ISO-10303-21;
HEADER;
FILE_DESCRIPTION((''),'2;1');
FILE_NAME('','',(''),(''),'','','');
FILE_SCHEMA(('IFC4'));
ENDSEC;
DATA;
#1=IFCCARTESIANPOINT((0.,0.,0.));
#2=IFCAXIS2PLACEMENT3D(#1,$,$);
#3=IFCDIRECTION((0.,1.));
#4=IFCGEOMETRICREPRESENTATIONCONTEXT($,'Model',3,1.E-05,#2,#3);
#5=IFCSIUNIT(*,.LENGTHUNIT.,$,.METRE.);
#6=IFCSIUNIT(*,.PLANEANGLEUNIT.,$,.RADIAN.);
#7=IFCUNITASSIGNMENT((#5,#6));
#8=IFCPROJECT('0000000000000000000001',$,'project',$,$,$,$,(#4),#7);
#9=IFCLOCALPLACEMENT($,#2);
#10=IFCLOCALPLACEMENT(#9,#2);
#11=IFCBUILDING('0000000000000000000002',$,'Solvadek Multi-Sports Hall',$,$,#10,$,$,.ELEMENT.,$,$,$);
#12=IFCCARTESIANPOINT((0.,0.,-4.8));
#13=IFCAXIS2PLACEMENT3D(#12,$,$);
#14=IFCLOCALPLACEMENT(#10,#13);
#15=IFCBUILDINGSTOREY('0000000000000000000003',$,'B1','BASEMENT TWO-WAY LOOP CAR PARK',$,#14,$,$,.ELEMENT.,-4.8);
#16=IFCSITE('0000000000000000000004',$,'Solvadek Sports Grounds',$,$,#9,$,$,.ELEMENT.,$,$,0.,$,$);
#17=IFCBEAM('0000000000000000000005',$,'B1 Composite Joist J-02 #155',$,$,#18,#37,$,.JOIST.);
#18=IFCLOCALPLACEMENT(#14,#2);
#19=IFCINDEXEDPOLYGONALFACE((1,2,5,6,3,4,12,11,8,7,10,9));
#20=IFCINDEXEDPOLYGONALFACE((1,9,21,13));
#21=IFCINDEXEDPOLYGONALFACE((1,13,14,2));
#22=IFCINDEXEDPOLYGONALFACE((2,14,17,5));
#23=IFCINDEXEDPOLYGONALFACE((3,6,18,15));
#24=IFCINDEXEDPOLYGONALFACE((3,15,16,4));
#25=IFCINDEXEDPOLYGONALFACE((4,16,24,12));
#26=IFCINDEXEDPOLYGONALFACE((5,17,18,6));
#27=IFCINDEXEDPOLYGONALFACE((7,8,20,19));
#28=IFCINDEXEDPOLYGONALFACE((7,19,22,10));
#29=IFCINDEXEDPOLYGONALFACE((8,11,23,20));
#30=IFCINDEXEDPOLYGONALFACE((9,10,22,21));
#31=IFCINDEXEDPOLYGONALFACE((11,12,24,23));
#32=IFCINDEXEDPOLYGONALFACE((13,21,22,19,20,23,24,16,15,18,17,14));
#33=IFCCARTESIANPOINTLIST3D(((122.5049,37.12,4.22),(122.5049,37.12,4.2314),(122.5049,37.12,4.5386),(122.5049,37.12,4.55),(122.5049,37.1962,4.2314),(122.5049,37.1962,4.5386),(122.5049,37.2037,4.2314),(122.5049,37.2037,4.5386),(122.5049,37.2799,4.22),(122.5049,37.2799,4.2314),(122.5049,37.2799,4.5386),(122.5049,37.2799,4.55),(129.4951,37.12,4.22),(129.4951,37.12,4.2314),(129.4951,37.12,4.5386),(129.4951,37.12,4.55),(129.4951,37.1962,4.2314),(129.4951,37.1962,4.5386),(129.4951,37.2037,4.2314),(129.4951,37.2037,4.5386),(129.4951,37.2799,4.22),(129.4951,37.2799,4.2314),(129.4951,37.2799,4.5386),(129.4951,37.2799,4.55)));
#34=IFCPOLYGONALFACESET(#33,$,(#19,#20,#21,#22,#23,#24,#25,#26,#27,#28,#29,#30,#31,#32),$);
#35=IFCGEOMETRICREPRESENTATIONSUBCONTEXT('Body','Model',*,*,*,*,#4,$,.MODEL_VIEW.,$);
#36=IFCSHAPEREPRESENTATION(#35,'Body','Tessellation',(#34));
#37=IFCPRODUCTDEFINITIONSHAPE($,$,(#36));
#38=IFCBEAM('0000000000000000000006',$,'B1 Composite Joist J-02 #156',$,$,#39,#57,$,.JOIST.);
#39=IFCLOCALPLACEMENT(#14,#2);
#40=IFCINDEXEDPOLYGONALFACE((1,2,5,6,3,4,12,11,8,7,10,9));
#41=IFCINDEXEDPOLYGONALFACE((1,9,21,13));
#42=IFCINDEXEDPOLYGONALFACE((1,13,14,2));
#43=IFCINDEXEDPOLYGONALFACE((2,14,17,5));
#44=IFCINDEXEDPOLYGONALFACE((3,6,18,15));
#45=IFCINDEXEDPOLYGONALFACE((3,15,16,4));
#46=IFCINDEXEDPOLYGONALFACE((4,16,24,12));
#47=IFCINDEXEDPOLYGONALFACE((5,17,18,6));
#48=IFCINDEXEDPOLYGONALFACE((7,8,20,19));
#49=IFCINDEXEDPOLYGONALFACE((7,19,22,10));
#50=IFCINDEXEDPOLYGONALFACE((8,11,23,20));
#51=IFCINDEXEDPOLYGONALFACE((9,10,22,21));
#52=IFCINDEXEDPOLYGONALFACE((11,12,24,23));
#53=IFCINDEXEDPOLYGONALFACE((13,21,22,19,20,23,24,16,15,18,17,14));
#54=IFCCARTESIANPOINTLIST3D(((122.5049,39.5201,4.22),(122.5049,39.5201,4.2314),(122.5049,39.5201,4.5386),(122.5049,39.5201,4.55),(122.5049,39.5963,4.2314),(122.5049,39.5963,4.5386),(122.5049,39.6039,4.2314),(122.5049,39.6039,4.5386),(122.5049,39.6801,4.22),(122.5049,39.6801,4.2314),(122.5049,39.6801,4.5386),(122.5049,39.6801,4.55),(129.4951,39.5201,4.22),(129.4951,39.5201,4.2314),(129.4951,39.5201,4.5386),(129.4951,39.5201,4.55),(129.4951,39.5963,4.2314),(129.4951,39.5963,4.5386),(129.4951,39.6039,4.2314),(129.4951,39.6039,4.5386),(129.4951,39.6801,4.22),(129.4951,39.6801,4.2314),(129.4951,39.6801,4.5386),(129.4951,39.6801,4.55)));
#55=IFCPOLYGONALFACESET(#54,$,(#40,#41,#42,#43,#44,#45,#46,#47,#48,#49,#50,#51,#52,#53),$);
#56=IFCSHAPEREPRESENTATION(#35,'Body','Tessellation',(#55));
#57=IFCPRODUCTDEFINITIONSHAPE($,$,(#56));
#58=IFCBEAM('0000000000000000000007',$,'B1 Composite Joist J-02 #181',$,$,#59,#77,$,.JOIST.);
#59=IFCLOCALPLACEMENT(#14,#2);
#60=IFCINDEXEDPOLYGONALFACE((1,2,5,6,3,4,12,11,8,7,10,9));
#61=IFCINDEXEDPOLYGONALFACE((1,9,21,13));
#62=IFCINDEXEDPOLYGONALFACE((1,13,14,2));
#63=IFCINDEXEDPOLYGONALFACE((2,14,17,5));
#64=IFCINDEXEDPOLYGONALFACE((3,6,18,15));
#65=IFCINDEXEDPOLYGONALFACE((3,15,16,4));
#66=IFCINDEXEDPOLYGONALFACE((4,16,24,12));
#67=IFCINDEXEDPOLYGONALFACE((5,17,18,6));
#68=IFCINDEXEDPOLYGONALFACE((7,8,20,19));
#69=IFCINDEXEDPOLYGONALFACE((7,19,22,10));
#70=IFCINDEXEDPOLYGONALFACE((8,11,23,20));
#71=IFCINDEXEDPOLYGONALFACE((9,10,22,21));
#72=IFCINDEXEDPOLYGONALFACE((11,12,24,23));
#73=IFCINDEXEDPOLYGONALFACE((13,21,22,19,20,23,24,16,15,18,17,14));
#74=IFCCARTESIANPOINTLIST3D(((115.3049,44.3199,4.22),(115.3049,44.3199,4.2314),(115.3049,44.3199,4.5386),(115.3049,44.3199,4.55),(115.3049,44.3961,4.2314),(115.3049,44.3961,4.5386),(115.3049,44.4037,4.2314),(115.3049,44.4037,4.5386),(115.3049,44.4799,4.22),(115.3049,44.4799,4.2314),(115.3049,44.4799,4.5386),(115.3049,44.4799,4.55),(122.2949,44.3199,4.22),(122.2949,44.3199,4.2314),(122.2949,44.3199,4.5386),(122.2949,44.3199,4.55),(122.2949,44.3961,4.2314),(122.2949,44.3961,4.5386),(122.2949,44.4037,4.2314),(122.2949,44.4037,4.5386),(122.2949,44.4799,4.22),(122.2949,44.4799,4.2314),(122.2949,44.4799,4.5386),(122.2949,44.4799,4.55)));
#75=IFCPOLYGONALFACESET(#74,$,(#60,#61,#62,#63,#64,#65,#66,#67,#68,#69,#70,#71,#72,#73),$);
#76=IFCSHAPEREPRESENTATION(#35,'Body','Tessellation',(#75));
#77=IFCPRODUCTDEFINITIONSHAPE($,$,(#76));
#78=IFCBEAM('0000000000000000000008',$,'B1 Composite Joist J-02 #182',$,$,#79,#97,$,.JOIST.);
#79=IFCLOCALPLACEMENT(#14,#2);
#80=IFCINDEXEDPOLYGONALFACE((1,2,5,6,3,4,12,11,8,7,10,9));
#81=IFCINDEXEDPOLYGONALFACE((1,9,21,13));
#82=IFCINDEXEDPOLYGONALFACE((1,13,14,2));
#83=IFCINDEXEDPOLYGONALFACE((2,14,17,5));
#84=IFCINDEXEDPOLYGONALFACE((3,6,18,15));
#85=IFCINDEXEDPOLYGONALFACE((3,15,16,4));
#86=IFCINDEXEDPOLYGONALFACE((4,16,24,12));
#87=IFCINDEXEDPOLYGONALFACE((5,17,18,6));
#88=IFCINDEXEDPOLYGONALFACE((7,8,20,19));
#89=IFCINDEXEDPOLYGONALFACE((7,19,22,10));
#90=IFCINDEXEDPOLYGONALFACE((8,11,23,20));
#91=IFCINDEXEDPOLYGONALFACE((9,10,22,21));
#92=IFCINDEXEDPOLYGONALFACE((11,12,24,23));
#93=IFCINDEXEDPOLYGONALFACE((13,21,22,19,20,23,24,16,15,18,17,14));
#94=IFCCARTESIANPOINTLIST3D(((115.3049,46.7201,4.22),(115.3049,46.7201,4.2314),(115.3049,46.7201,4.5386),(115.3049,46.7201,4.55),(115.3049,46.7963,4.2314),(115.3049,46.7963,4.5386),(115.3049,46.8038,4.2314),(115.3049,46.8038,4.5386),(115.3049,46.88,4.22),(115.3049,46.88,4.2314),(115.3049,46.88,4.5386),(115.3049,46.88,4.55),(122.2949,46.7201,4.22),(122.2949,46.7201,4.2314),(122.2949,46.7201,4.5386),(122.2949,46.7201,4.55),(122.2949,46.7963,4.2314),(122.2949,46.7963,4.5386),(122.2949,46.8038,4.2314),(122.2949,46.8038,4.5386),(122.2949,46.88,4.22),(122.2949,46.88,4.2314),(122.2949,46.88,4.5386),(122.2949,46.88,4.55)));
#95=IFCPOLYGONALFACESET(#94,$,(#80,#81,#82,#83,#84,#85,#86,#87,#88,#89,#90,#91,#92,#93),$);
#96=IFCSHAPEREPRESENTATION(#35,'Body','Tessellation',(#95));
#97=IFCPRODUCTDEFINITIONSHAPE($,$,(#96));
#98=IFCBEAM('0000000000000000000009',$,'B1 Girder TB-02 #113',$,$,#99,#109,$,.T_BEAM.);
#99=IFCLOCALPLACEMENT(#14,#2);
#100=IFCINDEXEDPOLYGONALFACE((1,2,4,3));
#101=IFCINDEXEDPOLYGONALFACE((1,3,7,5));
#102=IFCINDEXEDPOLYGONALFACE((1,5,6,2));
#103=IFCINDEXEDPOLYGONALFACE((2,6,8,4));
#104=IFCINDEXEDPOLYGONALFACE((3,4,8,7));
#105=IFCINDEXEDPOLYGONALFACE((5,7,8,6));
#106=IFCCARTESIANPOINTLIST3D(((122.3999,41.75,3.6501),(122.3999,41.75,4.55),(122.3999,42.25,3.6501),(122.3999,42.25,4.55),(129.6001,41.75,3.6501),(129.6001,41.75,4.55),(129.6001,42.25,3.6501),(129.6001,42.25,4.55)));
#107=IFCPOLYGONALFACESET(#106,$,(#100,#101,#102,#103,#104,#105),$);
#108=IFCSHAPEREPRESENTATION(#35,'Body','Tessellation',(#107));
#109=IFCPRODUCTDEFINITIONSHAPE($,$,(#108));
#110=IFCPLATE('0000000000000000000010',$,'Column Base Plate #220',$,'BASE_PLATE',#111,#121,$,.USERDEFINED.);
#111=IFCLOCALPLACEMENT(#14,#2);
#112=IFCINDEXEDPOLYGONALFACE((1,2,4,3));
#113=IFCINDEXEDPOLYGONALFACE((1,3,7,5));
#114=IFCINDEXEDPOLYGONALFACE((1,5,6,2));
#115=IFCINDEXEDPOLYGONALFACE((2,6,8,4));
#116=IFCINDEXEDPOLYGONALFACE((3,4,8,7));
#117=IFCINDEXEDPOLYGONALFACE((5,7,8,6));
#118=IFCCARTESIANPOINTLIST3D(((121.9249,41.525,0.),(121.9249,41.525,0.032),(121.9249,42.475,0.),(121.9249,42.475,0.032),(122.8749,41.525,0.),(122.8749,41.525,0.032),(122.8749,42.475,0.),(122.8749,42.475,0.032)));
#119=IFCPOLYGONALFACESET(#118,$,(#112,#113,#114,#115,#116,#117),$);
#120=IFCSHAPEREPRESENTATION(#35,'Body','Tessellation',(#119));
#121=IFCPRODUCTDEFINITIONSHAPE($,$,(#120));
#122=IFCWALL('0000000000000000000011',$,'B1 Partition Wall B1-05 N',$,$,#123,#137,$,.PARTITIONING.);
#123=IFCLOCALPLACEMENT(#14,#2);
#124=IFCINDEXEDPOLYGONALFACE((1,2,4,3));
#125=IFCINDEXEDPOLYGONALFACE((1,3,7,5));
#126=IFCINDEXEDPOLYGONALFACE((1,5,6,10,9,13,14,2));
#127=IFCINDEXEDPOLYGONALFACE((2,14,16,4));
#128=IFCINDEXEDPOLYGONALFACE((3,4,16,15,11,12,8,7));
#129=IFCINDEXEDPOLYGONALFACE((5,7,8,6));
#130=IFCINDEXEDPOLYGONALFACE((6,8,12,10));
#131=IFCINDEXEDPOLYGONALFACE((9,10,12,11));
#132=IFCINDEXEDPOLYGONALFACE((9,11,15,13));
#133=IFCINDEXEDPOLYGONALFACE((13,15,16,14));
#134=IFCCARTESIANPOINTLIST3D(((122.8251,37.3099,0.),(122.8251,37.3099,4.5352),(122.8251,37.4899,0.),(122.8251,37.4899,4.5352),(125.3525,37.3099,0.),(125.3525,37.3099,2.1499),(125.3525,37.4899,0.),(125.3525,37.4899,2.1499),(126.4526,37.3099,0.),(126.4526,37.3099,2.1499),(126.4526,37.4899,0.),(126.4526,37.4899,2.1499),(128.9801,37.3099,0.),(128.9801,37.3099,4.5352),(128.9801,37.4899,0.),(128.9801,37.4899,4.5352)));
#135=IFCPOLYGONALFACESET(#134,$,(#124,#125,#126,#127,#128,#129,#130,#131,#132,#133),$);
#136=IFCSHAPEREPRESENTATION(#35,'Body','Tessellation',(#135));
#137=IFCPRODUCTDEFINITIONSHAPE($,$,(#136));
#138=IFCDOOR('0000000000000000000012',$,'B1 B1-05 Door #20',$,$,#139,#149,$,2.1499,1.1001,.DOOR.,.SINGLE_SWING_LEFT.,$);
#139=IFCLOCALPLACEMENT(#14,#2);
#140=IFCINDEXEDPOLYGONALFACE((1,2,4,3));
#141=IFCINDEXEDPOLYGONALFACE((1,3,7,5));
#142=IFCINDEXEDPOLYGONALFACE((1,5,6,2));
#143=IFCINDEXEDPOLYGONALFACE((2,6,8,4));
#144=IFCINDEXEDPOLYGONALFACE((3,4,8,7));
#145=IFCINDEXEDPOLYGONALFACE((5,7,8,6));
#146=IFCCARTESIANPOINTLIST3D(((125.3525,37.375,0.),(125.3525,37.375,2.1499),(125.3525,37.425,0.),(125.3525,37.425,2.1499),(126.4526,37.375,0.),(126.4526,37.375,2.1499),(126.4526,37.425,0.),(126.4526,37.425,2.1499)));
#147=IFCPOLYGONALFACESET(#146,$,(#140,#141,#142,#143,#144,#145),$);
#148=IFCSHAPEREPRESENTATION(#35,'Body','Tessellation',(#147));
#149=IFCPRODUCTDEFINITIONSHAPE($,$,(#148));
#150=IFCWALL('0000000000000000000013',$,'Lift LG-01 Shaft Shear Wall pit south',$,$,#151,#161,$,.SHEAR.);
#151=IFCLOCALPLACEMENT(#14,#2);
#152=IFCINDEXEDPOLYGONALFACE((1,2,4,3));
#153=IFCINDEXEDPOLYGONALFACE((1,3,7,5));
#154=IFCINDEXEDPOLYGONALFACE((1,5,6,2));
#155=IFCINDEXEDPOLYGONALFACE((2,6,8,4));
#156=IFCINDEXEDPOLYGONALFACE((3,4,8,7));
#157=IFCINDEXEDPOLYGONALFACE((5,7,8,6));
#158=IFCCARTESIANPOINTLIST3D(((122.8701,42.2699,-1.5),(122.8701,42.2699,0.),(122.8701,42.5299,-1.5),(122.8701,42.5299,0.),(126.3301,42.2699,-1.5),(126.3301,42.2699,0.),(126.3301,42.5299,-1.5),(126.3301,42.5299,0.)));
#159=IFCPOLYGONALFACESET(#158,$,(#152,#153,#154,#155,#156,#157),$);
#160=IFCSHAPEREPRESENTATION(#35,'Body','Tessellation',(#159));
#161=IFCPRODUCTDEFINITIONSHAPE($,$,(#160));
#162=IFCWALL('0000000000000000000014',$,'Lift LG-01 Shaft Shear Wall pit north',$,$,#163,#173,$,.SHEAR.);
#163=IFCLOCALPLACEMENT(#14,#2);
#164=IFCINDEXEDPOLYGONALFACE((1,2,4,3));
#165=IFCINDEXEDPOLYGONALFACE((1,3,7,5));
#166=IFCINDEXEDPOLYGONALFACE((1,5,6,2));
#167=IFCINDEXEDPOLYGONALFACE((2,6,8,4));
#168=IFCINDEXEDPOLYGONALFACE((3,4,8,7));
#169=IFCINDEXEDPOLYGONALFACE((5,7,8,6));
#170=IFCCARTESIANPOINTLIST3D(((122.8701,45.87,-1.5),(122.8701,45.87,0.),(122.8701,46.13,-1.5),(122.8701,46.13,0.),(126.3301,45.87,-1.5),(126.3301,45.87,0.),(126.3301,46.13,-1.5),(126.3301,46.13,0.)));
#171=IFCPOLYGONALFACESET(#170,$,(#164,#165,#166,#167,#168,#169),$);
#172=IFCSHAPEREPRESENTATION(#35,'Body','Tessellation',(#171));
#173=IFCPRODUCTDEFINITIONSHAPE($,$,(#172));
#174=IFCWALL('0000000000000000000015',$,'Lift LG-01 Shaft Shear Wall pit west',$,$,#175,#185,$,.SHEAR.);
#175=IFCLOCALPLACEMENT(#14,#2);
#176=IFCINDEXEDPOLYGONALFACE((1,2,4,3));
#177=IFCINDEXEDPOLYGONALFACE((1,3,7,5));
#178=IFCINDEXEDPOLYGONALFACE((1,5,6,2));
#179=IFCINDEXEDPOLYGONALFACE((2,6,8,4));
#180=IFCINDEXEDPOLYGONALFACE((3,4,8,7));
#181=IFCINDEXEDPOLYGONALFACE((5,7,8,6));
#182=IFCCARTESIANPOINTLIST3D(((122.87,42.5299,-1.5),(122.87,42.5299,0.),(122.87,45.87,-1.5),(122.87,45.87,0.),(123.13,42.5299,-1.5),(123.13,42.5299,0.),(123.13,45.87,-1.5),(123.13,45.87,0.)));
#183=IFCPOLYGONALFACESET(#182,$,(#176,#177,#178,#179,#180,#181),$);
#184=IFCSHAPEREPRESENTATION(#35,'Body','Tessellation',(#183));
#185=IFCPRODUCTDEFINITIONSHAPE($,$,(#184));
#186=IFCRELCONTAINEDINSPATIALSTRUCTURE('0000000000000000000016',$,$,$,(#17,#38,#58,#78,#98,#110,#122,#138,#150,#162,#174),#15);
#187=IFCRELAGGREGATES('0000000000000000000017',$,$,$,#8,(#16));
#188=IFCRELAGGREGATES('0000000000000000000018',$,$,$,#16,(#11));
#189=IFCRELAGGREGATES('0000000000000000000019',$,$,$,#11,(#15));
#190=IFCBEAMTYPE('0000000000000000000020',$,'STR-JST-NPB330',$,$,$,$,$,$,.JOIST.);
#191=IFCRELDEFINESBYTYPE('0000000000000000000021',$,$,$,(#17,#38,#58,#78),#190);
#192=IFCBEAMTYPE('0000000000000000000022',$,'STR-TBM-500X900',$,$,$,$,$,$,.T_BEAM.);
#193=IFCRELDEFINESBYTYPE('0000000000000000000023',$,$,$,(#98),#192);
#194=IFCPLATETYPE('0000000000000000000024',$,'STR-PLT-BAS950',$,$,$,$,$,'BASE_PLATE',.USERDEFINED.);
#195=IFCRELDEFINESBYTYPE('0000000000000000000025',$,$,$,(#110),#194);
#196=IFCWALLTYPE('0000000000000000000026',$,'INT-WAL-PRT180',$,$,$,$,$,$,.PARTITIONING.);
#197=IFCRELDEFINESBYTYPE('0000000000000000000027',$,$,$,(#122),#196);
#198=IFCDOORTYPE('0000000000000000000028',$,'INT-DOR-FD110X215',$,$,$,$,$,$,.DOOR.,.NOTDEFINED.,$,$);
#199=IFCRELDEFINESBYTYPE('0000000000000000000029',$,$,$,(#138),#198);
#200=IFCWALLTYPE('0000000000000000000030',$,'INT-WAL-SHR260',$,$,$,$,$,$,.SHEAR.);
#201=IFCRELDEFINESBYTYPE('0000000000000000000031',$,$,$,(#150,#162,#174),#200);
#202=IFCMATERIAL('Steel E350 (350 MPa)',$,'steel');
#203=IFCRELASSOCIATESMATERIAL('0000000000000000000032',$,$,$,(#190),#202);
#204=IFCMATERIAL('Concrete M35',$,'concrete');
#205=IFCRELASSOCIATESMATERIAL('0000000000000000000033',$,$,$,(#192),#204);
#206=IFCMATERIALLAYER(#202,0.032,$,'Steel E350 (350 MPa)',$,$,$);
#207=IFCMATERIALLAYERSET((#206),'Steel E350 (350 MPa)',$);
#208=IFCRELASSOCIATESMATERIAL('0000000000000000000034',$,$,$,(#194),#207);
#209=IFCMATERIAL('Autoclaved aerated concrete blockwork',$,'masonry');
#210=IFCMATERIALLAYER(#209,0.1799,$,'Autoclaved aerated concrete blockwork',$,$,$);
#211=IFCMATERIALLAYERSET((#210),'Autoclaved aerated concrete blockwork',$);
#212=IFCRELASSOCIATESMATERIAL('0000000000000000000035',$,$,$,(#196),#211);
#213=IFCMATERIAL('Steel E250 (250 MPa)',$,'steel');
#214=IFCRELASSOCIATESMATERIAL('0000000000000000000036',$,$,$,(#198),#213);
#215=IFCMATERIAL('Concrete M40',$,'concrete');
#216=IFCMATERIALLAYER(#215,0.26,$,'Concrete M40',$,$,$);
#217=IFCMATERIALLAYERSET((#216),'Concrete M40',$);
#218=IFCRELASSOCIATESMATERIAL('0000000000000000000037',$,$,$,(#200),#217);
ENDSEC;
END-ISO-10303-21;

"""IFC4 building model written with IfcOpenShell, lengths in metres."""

from ifc_helpers import new_model, si_unit, direction, frame, frame_2d, origin, origin_2d, place, context, subcontext, project, spatial, rectangle, i_section, extrude, material, layer, layer_set, material_profile, profile_set, type_object, element, fill, save


model = new_model("IFC4")

# Units and contexts
model_context = context("Model", 3, precision=1e-05, world=origin(), true_north=direction((0.0, 1.0)))
body_context = subcontext(model_context, "Body", "Model", "MODEL_VIEW")
ifc_project = project(units=[si_unit("LENGTHUNIT", "METRE"), si_unit("PLANEANGLEUNIT", "RADIAN")], contexts=[model_context])

# Site, building, storey
site_placement = place(None, origin())
site = spatial("IfcSite", under=ifc_project, at=site_placement, Name="Solvadek Sports Grounds", CompositionType="ELEMENT", RefElevation=0.0)
building_placement = place(site_placement, origin())
building = spatial("IfcBuilding", under=site, at=building_placement, Name="Solvadek Multi-Sports Hall", CompositionType="ELEMENT")
storey_placement = place(building_placement, frame((0.0, 0.0, -4.8)))
storey = spatial("IfcBuildingStorey", under=building, at=storey_placement, Name="B1", Description="BASEMENT TWO-WAY LOOP CAR PARK", CompositionType="ELEMENT", Elevation=-4.8)

# Shared definitions
ifc_material_1 = material(Name="Concrete M40", Category="concrete")

# Shared definitions
ifc_material_2 = material(Name="Concrete M35", Category="concrete")

# Shared definitions
ifc_material_3 = material(Name="Steel E350 (350 MPa)", Category="steel")

# Beams
ifc_material_profile_1 = material_profile(ifc_material_3, i_section(OverallWidth=0.1599, OverallDepth=0.3301, WebThickness=0.0076, FlangeThickness=0.0115, at=origin_2d()), Name="NPB 330")
ifc_profile_set_1 = profile_set([ifc_material_profile_1], Name="Steel E350 (350 MPa)")
beam_type_1 = type_object("IfcBeamType", Name="STR-JST-NPB330", PredefinedType="JOIST", material=ifc_profile_set_1)
for number, where, z_axis, x_axis, name in (
    (1, (122.5049, 37.2, 4.385), (1.0, 0.0, 0.0), (0.0, 1.0, 0.0), "B1 Composite Joist J-02 #155"),
    (2, (122.5049, 39.6001, 4.385), (1.0, 0.0, 0.0), (0.0, 1.0, 0.0), "B1 Composite Joist J-02 #156"),
):
    element("IfcBeam", number, at=place(storey_placement, frame(where, z_axis=z_axis, x_axis=x_axis)), inside=storey, type_object=beam_type_1, Name=name, PredefinedType="JOIST", context=body_context, shape_type="SweptSolid", body=[
        extrude(i_section(OverallWidth=0.1599, OverallDepth=0.3301, WebThickness=0.0076, FlangeThickness=0.0115, at=origin_2d()), origin(), (0.0, 0.0, 1.0), 6.9902),
    ])
for number, where, z_axis, x_axis, name in (
    (3, (115.3049, 44.3999, 4.385), (1.0, 0.0, 0.0), (0.0, 1.0, 0.0), "B1 Composite Joist J-02 #181"),
    (4, (115.3049, 46.8, 4.385), (1.0, 0.0, 0.0), (0.0, 1.0, 0.0), "B1 Composite Joist J-02 #182"),
):
    element("IfcBeam", number, at=place(storey_placement, frame(where, z_axis=z_axis, x_axis=x_axis)), inside=storey, type_object=beam_type_1, Name=name, PredefinedType="JOIST", context=body_context, shape_type="SweptSolid", body=[
        extrude(i_section(OverallWidth=0.1599, OverallDepth=0.3301, WebThickness=0.0076, FlangeThickness=0.0115, at=origin_2d()), origin(), (0.0, 0.0, 1.0), 6.99),
    ])
ifc_material_profile_2 = material_profile(ifc_material_2, rectangle(XDim=0.5, YDim=0.8999, at=origin_2d()), Name="RC T-BEAM 500x900")
ifc_profile_set_2 = profile_set([ifc_material_profile_2], Name="Concrete M35")
beam_type_2 = type_object("IfcBeamType", Name="STR-TBM-500X900", PredefinedType="T_BEAM", material=ifc_profile_set_2)
beam_1_placement = place(storey_placement, frame((122.3999, 42.0, 4.1001), z_axis=(1.0, 0.0, 0.0), x_axis=(0.0, 1.0, 0.0)))
element("IfcBeam", 5, at=beam_1_placement, inside=storey, type_object=beam_type_2, Name="B1 Girder TB-02 #113", PredefinedType="T_BEAM", context=body_context, shape_type="SweptSolid", body=[
    extrude(rectangle(XDim=0.5, YDim=0.8999, at=origin_2d()), origin(), (0.0, 0.0, 1.0), 7.2002),
])

# Plate
ifc_layer_1 = layer(ifc_material_3, 0.032, Name="Steel E350 (350 MPa)")
ifc_layer_set_1 = layer_set([ifc_layer_1], Name="Steel E350 (350 MPa)")
plate_type = type_object("IfcPlateType", Name="STR-PLT-BAS950", ElementType="BASE_PLATE", PredefinedType="USERDEFINED", material=ifc_layer_set_1)
plate_placement = place(storey_placement, frame((122.3999, 42.0, 0.0), z_axis=(0.0, 0.0, 1.0), x_axis=(1.0, 0.0, 0.0)))
element("IfcPlate", 6, at=plate_placement, inside=storey, type_object=plate_type, Name="Column Base Plate #220", ObjectType="BASE_PLATE", PredefinedType="USERDEFINED", context=body_context, shape_type="SweptSolid", body=[
    extrude(rectangle(XDim=0.95, YDim=0.95, at=origin_2d()), origin(), (0.0, 0.0, 1.0), 0.032),
])

# Wall, opening, door
ifc_material_4 = material(Name="Autoclaved aerated concrete blockwork", Category="masonry")
ifc_layer_2 = layer(ifc_material_4, 0.1799, Name="Autoclaved aerated concrete blockwork")
ifc_layer_set_2 = layer_set([ifc_layer_2], Name="Autoclaved aerated concrete blockwork")
wall_type_1 = type_object("IfcWallType", Name="INT-WAL-PRT180", PredefinedType="PARTITIONING", material=ifc_layer_set_2)
wall_1_placement = place(storey_placement, frame((122.825, 37.3999, 0.0), z_axis=(0.0, 0.0, 1.0), x_axis=(1.0, 0.0, 0.0)))
wall_1 = element("IfcWall", 7, at=wall_1_placement, inside=storey, type_object=wall_type_1, Name="B1 Partition Wall B1-05 N", PredefinedType="PARTITIONING", context=body_context, shape_type="SweptSolid", body=[
    extrude(rectangle(XDim=6.155, YDim=0.1799, at=frame_2d((3.0776, 0.0))), origin(), (0.0, 0.0, 1.0), 4.5352),
])
opening_1_placement = place(wall_1_placement, frame((2.5276, 0.0, 0.0)))
opening_1 = element("IfcOpeningElement", 8, at=opening_1_placement, cuts=wall_1, PredefinedType="OPENING", context=body_context, shape_type="SweptSolid", body=[
    extrude(rectangle(XDim=1.1001, YDim=2.1499, at=frame_2d((0.55, 1.075))), frame((0.0, 0.0999, 0.0), z_axis=(0.0, -1.0, 0.0), x_axis=(1.0, 0.0, 0.0)), (0.0, 0.0, 1.0), 0.2),
])
ifc_material_5 = material(Name="Steel E250 (250 MPa)", Category="steel")
door_type_1 = type_object("IfcDoorType", Name="INT-DOR-FD110X215", OperationType="NOTDEFINED", PredefinedType="DOOR", material=ifc_material_5)
door_1_placement = place(opening_1_placement, frame((1.1001, 0.0, 0.0), z_axis=(0.0, 0.0, 1.0), x_axis=(-1.0, 0.0, 0.0)))
door_1 = element("IfcDoor", 9, at=door_1_placement, inside=storey, type_object=door_type_1, Name="B1 B1-05 Door #20", OperationType="SINGLE_SWING_LEFT", OverallHeight=2.1499, OverallWidth=1.1001, PredefinedType="DOOR", context=body_context, shape_type="SweptSolid", body=[
    extrude(rectangle(XDim=1.1001, YDim=2.1499, at=frame_2d((0.55, 1.075))), frame((0.0, 0.0249, 0.0), z_axis=(0.0, -1.0, 0.0), x_axis=(1.0, 0.0, 0.0)), (0.0, 0.0, 1.0), 0.05),
])
fill(opening_1, door_1)

# Walls
ifc_layer_3 = layer(ifc_material_1, 0.26, Name="Concrete M40")
ifc_layer_set_3 = layer_set([ifc_layer_3], Name="Concrete M40")
wall_type_2 = type_object("IfcWallType", Name="INT-WAL-SHR260", PredefinedType="SHEAR", material=ifc_layer_set_3)
for number, where, z_axis, x_axis, name in (
    (10, (122.8701, 42.3999, -1.5), (0.0, 0.0, 1.0), (1.0, 0.0, 0.0), "Lift LG-01 Shaft Shear Wall pit south"),
    (11, (122.8701, 46.0, -1.5), (0.0, 0.0, 1.0), (1.0, 0.0, 0.0), "Lift LG-01 Shaft Shear Wall pit north"),
):
    element("IfcWall", number, at=place(storey_placement, frame(where, z_axis=z_axis, x_axis=x_axis)), inside=storey, type_object=wall_type_2, Name=name, PredefinedType="SHEAR", context=body_context, shape_type="SweptSolid", body=[
        extrude(rectangle(XDim=3.46, YDim=0.26, at=frame_2d((1.73, 0.0))), origin(), (0.0, 0.0, 1.0), 1.5),
    ])
wall_2_placement = place(storey_placement, frame((123.0, 42.53, -1.5), z_axis=(0.0, 0.0, 1.0), x_axis=(0.0, 1.0, 0.0)))
element("IfcWall", 12, at=wall_2_placement, inside=storey, type_object=wall_type_2, Name="Lift LG-01 Shaft Shear Wall pit west", PredefinedType="SHEAR", context=body_context, shape_type="SweptSolid", body=[
    extrude(rectangle(XDim=3.3401, YDim=0.26, at=frame_2d((1.6699, 0.0))), origin(), (0.0, 0.0, 1.0), 1.5),
])

save(model, "model.ifc")
